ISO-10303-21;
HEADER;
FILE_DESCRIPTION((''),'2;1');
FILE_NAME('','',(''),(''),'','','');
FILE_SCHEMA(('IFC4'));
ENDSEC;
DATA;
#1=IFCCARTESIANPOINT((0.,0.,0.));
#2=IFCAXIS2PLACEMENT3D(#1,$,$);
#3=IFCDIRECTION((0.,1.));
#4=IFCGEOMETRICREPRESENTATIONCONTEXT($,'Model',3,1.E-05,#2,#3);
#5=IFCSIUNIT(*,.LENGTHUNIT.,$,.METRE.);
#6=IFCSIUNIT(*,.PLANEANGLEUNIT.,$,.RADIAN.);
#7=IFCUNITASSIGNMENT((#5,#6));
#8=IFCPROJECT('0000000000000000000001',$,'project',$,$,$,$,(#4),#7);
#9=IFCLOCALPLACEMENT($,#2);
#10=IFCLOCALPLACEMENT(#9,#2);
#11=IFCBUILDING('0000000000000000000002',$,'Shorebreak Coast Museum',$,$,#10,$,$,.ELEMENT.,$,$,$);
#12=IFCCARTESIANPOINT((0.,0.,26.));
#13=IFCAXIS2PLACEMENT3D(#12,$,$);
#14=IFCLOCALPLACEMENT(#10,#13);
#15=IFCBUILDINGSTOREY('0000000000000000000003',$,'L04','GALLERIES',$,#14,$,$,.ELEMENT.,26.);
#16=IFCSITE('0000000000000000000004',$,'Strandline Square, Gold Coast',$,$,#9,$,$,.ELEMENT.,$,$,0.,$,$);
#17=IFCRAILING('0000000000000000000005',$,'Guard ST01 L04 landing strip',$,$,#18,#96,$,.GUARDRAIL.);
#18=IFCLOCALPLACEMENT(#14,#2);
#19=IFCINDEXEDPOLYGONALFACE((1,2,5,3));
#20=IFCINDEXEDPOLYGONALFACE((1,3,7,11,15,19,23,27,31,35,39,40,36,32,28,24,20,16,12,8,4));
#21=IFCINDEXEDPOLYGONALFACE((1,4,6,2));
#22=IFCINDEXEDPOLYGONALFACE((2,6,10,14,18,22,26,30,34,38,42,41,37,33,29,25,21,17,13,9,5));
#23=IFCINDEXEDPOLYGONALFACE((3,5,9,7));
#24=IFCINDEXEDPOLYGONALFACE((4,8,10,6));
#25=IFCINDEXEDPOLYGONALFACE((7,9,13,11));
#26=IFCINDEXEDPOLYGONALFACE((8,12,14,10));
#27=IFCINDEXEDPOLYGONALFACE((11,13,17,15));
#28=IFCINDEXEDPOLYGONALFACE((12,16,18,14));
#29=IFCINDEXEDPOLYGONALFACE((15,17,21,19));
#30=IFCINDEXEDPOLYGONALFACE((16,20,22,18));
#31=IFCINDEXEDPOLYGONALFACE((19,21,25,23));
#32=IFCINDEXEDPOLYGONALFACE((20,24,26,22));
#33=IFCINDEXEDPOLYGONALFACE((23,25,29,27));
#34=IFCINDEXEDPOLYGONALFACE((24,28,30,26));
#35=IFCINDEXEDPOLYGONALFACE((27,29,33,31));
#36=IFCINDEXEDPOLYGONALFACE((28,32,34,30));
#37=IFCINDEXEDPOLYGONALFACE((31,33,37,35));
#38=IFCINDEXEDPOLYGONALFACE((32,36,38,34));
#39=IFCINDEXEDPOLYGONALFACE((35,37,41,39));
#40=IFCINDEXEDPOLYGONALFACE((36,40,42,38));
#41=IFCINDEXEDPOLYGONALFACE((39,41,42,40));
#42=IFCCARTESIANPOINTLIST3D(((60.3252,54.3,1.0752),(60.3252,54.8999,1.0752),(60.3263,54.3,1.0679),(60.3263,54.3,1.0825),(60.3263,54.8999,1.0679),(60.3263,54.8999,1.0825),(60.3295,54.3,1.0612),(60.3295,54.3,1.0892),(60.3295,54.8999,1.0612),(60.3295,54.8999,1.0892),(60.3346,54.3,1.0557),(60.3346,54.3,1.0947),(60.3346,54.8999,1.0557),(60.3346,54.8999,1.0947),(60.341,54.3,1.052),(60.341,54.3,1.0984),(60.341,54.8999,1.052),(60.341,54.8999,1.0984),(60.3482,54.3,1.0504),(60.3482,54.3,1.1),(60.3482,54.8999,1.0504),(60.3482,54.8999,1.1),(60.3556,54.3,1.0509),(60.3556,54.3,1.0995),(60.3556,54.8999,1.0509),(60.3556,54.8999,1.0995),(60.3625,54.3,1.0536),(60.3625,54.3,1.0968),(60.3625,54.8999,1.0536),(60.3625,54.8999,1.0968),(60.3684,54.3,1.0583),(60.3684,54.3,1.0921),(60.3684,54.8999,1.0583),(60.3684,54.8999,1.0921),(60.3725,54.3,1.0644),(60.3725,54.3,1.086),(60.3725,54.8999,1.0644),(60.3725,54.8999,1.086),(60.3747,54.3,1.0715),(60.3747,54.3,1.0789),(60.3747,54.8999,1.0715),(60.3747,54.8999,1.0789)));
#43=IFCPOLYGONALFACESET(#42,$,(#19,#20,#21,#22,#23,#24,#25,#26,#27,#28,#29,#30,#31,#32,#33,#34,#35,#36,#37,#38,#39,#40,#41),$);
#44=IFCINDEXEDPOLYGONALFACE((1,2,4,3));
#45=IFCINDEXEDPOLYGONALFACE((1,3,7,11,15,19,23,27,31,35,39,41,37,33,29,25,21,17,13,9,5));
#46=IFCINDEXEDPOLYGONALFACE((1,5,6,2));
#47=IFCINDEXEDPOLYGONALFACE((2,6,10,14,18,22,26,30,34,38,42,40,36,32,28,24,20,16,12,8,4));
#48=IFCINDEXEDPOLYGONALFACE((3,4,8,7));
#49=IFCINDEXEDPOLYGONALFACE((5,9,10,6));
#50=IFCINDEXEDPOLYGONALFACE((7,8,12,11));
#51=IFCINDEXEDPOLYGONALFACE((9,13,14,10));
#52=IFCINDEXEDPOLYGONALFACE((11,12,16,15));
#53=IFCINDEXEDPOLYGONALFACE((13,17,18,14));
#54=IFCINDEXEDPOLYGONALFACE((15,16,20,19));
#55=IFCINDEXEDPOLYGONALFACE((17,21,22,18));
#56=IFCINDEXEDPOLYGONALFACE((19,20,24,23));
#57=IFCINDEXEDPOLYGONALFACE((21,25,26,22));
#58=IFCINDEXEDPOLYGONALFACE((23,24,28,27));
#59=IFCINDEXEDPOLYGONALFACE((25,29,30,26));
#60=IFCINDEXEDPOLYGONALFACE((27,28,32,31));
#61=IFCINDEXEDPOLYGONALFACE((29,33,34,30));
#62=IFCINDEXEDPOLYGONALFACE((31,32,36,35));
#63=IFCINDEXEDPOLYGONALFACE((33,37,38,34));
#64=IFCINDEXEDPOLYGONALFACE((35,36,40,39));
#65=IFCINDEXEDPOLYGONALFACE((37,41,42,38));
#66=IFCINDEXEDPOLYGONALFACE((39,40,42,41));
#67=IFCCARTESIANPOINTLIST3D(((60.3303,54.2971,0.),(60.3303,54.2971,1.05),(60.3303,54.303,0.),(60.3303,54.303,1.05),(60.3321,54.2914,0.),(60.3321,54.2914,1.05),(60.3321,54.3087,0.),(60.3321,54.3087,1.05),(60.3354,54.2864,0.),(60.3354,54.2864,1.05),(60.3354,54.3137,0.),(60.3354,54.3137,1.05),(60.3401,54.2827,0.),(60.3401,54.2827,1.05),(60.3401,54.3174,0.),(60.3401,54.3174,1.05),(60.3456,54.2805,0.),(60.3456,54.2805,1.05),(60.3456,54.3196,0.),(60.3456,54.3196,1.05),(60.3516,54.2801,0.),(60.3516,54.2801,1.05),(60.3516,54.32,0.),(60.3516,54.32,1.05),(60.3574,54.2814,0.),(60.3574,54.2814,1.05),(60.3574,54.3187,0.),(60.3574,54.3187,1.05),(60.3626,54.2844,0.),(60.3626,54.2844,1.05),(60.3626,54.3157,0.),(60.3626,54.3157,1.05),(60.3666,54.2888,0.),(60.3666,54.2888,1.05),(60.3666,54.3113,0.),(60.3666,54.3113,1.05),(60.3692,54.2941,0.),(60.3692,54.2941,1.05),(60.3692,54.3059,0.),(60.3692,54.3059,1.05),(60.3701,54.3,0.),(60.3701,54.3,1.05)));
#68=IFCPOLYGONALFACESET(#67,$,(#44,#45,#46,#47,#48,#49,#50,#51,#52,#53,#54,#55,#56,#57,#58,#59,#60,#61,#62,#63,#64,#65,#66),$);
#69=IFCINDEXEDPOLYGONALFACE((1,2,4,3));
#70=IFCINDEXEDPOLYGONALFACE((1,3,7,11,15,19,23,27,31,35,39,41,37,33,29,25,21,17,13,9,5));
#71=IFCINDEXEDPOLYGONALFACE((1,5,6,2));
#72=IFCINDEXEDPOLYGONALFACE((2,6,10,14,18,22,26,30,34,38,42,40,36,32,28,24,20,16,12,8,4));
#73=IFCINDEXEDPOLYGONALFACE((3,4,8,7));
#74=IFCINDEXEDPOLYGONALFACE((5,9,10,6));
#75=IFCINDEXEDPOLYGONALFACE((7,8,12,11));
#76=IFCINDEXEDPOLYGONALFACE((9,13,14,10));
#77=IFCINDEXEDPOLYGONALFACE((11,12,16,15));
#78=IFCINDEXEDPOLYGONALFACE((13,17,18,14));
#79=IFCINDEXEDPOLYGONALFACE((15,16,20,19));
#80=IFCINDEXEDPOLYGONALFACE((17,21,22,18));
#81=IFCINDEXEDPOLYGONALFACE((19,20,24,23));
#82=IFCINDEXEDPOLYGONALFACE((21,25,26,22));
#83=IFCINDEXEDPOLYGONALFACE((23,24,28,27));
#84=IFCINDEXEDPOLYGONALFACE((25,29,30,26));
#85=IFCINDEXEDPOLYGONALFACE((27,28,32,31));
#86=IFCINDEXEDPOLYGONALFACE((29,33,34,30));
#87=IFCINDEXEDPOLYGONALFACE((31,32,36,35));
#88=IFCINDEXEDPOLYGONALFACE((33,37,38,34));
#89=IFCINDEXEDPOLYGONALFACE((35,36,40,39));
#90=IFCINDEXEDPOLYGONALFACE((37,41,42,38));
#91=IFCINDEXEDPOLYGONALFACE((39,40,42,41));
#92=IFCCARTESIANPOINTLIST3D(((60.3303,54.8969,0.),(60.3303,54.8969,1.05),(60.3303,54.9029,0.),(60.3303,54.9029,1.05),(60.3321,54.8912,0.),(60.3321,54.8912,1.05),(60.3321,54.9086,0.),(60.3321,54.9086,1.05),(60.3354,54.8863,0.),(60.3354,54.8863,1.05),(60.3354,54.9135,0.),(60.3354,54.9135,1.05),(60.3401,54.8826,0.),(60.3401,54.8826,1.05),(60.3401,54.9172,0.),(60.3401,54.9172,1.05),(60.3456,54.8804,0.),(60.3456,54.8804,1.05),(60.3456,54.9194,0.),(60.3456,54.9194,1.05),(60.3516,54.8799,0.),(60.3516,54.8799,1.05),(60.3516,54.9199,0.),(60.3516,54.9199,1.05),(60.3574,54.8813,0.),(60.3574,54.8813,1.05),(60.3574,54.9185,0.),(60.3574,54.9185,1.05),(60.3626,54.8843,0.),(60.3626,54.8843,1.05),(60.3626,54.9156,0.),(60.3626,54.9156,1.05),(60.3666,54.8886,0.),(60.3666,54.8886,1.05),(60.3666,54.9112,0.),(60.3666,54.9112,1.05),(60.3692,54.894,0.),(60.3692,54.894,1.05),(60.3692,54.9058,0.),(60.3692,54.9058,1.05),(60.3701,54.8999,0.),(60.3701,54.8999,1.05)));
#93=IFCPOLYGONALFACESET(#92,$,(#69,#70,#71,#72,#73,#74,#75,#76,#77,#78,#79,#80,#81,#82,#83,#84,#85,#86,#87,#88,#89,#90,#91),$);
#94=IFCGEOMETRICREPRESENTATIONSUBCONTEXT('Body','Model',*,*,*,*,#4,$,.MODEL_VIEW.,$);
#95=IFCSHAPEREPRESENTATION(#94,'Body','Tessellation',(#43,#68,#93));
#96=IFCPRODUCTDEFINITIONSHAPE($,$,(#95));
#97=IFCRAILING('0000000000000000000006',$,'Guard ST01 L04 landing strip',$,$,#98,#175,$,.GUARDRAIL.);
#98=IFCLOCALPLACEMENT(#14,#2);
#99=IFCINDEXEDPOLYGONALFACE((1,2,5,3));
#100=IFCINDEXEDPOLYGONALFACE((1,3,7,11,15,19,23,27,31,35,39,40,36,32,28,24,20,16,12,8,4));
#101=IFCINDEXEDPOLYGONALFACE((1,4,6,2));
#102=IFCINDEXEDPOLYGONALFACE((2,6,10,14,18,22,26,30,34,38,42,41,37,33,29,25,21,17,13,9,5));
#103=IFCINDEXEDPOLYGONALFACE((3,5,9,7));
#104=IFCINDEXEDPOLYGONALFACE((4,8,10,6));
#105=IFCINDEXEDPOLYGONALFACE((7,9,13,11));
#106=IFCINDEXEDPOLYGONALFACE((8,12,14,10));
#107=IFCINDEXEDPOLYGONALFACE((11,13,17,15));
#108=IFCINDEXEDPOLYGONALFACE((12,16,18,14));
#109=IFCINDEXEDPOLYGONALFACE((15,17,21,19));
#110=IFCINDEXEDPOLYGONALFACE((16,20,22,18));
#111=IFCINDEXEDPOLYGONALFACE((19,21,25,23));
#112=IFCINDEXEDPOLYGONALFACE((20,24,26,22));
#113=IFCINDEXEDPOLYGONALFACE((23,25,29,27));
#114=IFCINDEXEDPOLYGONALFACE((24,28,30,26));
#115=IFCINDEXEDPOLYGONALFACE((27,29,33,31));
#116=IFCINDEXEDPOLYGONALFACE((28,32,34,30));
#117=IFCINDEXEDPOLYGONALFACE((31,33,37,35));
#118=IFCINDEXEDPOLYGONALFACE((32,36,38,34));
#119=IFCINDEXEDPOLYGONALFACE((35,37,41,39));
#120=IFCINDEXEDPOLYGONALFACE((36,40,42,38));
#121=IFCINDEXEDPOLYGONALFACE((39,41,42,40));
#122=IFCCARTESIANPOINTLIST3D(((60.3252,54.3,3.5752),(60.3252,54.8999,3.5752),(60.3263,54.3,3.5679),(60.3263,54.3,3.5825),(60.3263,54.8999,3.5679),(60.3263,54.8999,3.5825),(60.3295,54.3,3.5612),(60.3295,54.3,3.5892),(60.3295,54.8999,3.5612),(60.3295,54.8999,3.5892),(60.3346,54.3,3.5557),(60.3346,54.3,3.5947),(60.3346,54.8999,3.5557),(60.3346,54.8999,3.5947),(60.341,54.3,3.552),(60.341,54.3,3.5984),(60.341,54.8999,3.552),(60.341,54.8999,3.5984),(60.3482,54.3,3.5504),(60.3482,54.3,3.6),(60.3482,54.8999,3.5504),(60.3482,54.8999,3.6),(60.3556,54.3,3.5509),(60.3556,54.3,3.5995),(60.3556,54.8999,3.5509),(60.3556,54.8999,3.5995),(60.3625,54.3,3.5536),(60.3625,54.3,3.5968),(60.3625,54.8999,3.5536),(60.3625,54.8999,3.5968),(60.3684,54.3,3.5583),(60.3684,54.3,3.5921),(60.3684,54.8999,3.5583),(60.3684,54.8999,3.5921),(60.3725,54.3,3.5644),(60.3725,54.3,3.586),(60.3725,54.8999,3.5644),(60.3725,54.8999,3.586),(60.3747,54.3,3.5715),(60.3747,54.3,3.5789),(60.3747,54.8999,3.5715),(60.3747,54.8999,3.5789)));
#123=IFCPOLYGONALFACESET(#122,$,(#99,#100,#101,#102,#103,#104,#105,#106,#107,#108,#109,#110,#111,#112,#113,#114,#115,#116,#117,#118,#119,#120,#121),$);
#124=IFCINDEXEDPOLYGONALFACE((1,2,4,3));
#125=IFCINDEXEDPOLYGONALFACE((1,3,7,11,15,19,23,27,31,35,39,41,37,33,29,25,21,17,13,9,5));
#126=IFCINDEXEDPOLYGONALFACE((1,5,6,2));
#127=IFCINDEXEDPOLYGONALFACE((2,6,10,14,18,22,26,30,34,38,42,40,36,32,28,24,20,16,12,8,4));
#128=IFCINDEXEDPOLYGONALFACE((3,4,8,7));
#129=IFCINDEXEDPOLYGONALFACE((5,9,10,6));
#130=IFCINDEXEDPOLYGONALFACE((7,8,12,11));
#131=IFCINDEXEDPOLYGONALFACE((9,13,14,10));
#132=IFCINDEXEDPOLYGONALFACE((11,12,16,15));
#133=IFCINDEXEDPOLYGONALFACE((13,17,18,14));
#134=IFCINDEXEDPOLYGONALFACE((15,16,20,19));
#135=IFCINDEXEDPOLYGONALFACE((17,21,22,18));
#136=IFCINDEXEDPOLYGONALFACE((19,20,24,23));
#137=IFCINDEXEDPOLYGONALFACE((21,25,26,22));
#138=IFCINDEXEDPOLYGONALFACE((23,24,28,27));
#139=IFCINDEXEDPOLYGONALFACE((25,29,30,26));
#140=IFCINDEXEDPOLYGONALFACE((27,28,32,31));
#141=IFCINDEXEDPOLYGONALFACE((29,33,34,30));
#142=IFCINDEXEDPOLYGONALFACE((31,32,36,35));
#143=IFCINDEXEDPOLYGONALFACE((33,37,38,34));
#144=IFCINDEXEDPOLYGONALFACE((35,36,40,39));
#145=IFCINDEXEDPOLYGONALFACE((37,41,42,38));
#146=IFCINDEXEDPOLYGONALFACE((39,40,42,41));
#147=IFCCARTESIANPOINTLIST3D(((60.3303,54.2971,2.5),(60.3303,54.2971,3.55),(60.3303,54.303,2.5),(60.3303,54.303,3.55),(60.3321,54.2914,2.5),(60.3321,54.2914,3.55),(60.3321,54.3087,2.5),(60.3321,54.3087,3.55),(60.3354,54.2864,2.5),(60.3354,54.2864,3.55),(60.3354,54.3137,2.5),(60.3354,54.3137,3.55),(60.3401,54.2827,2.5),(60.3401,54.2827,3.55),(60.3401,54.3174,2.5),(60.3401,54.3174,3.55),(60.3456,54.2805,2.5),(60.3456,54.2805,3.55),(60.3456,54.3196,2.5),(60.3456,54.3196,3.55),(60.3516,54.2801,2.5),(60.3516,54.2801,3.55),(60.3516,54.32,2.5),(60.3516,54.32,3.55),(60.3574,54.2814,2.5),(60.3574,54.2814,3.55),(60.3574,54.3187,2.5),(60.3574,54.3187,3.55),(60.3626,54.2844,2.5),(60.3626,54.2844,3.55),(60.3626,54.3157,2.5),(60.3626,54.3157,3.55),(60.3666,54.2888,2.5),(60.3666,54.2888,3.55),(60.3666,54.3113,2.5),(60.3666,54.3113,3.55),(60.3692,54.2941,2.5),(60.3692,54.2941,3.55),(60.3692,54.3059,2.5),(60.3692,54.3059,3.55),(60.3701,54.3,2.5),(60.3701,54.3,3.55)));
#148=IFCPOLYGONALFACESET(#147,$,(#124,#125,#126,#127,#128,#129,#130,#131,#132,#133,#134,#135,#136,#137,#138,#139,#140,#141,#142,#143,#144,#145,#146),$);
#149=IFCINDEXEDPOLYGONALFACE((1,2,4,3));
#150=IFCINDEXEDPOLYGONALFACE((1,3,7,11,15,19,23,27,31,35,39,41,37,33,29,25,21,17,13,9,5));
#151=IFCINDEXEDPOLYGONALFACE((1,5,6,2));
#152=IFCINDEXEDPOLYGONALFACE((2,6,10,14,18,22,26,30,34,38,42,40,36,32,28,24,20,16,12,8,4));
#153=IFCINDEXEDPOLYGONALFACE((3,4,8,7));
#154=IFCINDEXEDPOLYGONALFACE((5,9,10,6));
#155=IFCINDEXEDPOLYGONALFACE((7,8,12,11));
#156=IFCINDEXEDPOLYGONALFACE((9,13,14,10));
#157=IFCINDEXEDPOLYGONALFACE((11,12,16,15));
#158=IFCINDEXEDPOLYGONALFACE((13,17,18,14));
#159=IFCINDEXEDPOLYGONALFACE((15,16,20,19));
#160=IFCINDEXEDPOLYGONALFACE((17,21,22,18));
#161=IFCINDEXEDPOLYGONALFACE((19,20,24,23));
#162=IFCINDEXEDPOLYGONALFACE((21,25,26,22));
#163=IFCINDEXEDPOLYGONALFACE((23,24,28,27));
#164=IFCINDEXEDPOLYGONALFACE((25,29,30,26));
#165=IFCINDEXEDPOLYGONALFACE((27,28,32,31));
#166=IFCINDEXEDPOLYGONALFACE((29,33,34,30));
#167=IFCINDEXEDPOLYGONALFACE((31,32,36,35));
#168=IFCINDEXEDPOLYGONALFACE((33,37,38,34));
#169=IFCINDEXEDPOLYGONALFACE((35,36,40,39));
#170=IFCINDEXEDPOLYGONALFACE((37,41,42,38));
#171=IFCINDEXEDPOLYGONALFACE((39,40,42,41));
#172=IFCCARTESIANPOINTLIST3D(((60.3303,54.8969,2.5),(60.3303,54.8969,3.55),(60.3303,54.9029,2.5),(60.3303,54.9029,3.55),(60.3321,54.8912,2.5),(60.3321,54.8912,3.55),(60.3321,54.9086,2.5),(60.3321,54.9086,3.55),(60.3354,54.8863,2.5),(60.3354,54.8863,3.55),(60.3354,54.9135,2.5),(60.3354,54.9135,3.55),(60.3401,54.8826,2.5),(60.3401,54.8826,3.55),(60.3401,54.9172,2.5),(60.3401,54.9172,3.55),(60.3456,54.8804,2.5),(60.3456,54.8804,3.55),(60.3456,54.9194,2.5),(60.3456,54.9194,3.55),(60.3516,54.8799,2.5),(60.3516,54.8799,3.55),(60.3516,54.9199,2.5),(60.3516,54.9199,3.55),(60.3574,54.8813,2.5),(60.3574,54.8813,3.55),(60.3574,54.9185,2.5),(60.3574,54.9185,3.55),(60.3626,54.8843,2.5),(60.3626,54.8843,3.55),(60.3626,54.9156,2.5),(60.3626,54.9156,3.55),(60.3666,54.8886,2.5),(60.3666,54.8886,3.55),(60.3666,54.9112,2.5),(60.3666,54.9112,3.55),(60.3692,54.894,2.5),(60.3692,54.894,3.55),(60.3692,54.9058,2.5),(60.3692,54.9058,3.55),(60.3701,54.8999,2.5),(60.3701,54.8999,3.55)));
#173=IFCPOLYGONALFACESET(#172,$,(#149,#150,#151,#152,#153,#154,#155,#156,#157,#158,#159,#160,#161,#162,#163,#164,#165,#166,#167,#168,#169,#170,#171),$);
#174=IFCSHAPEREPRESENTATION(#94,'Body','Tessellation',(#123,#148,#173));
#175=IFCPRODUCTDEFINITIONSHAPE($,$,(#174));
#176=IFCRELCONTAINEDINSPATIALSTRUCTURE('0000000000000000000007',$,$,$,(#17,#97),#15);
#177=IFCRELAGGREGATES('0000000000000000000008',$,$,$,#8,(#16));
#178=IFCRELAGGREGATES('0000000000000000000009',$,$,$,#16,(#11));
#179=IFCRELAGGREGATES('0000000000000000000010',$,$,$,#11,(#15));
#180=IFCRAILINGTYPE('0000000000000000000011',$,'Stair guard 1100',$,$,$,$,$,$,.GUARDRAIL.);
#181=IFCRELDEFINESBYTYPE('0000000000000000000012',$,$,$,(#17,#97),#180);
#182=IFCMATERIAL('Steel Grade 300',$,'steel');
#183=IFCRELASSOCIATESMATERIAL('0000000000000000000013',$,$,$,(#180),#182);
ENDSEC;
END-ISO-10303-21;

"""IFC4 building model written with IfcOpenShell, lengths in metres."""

from ifc_helpers import new_model, si_unit, direction, frame, origin, origin_2d, place, context, subcontext, project, spatial, circle, extrude, material, type_object, element, save


model = new_model("IFC4")

# Units and contexts
model_context = context("Model", 3, precision=1e-05, world=origin(), true_north=direction((0.0, 1.0)))
body_context = subcontext(model_context, "Body", "Model", "MODEL_VIEW")
ifc_project = project(units=[si_unit("LENGTHUNIT", "METRE"), si_unit("PLANEANGLEUNIT", "RADIAN")], contexts=[model_context])

# Site, building, storey
site_placement = place(None, origin())
site = spatial("IfcSite", under=ifc_project, at=site_placement, Name="Strandline Square, Gold Coast", CompositionType="ELEMENT", RefElevation=0.0)
building_placement = place(site_placement, origin())
building = spatial("IfcBuilding", under=site, at=building_placement, Name="Shorebreak Coast Museum", CompositionType="ELEMENT")
storey_placement = place(building_placement, frame((0.0, 0.0, 26.0)))
storey = spatial("IfcBuildingStorey", under=building, at=storey_placement, Name="L04", Description="GALLERIES", CompositionType="ELEMENT", Elevation=26.0)

# Railings
ifc_material_1 = material(Name="Steel Grade 300", Category="steel")
railing_type_1 = type_object("IfcRailingType", Name="Stair guard 1100", PredefinedType="GUARDRAIL", material=ifc_material_1)
for number, where, name in (
    (1, (60.3501, 54.3, 0.0), "Guard ST01 L04 landing strip"),
    (2, (60.3501, 54.3, 2.5), "Guard ST01 L04 landing strip"),
):
    element("IfcRailing", number, at=place(storey_placement, frame(where)), inside=storey, type_object=railing_type_1, Name=name, PredefinedType="GUARDRAIL", context=body_context, shape_type="SweptSolid", body=[
        extrude(circle(Radius=0.0249, at=origin_2d()), frame((0.0, 0.0, 1.0752), z_axis=(0.0, 1.0, 0.0), x_axis=(-1.0, 0.0, 0.0)), (0.0, 0.0, 1.0), 0.5999),
        extrude(circle(Radius=0.02, at=origin_2d()), origin(), (0.0, 0.0, 1.0), 1.05),
        extrude(circle(Radius=0.02, at=origin_2d()), frame((0.0, 0.5999, 0.0)), (0.0, 0.0, 1.0), 1.05),
    ])

save(model, "model.ifc")
